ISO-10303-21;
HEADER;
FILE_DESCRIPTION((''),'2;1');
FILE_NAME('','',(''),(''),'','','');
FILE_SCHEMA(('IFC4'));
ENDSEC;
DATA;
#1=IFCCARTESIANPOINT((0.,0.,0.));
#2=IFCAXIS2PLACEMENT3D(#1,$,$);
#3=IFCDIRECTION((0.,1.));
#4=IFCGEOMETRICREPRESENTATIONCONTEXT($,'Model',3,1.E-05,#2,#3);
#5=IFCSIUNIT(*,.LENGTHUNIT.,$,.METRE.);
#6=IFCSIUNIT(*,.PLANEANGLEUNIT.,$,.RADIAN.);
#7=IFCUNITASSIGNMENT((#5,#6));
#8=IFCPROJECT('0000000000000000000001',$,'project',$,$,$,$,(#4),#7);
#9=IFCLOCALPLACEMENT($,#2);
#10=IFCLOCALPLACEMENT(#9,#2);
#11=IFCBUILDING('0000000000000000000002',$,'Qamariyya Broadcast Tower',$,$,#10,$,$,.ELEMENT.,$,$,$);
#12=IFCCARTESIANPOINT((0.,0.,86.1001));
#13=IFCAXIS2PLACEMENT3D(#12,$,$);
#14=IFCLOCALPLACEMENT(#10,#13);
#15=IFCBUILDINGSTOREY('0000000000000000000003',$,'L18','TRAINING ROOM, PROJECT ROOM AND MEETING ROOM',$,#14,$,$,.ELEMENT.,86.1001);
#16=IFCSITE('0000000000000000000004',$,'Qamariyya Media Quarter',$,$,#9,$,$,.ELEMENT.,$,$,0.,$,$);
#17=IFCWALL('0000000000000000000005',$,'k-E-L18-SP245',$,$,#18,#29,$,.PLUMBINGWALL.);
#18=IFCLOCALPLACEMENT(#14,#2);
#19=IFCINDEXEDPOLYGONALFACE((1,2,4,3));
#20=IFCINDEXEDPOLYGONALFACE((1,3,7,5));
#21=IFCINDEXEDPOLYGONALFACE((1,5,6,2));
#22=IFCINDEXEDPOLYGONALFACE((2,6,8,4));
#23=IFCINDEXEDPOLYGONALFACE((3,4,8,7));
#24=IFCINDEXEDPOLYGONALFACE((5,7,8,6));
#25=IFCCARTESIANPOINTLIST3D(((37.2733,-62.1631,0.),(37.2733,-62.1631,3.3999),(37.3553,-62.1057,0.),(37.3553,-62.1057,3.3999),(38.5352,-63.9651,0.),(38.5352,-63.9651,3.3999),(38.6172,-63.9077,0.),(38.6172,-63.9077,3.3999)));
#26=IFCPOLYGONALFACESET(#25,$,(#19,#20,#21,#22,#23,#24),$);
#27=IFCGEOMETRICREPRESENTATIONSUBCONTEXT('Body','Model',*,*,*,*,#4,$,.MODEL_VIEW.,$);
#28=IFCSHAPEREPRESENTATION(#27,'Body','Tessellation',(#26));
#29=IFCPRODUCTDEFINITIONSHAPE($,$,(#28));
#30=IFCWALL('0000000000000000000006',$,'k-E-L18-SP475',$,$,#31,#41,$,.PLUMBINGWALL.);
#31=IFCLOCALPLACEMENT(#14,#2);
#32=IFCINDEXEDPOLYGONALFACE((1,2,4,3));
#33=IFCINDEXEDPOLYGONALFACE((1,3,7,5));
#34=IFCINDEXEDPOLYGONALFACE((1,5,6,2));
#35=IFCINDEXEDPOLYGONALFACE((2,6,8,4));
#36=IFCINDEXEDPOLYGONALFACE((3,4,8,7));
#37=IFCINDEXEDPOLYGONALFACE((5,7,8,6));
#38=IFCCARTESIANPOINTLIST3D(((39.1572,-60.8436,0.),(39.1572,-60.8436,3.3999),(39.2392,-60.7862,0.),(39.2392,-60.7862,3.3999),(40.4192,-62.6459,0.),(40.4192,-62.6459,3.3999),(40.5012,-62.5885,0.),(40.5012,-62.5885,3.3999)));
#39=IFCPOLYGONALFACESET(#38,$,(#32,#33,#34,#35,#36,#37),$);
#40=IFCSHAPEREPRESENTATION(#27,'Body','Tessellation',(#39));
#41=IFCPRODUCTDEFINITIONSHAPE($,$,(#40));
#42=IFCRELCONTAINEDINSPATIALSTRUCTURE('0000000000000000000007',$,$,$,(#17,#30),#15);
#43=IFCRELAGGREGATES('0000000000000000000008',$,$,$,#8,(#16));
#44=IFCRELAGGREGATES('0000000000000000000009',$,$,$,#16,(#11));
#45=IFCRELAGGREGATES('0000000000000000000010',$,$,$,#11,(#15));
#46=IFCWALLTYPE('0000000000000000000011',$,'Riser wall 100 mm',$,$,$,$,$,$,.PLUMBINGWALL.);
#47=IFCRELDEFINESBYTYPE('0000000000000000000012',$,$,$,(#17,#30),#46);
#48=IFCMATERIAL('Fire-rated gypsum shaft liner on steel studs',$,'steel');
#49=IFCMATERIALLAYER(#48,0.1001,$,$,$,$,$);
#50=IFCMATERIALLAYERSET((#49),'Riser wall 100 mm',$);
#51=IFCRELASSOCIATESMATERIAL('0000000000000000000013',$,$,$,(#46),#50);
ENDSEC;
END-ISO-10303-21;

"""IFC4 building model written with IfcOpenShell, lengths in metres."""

from ifc_helpers import new_model, si_unit, direction, frame, frame_2d, origin, place, context, subcontext, project, spatial, rectangle, extrude, material, layer, layer_set, type_object, element, save


model = new_model("IFC4")

# Units and contexts
model_context = context("Model", 3, precision=1e-05, world=origin(), true_north=direction((0.0, 1.0)))
body_context = subcontext(model_context, "Body", "Model", "MODEL_VIEW")
ifc_project = project(units=[si_unit("LENGTHUNIT", "METRE"), si_unit("PLANEANGLEUNIT", "RADIAN")], contexts=[model_context])

# Site, building, storey
site_placement = place(None, origin())
site = spatial("IfcSite", under=ifc_project, at=site_placement, Name="Qamariyya Media Quarter", CompositionType="ELEMENT", RefElevation=0.0)
building_placement = place(site_placement, origin())
building = spatial("IfcBuilding", under=site, at=building_placement, Name="Qamariyya Broadcast Tower", CompositionType="ELEMENT")
storey_placement = place(building_placement, frame((0.0, 0.0, 86.1001)))
storey = spatial("IfcBuildingStorey", under=building, at=storey_placement, Name="L18", Description="TRAINING ROOM, PROJECT ROOM AND MEETING ROOM", CompositionType="ELEMENT", Elevation=86.1001)

# Walls
ifc_material_1 = material(Name="Fire-rated gypsum shaft liner on steel studs", Category="steel")
ifc_layer_1 = layer(ifc_material_1, 0.1001)
ifc_layer_set_1 = layer_set([ifc_layer_1], Name="Riser wall 100 mm")
wall_type_1 = type_object("IfcWallType", Name="Riser wall 100 mm", PredefinedType="PLUMBINGWALL", material=ifc_layer_set_1)
wall_1_placement = place(storey_placement, frame((37.3142, -62.1343, 0.0), z_axis=(0.0, 0.0, 1.0), x_axis=(0.573634, -0.819112, 0.0)))
element("IfcWall", 1, at=wall_1_placement, inside=storey, type_object=wall_type_1, Name="k-E-L18-SP245", PredefinedType="PLUMBINGWALL", context=body_context, shape_type="SweptSolid", body=[
    extrude(rectangle(XDim=2.2, YDim=0.1001, at=frame_2d((1.1001, 0.0))), origin(), (0.0, 0.0, 1.0), 3.3999),
])
wall_2_placement = place(storey_placement, frame((39.1982, -60.8149, 0.0), z_axis=(0.0, 0.0, 1.0), x_axis=(0.573581, -0.819149, 0.0)))
element("IfcWall", 2, at=wall_2_placement, inside=storey, type_object=wall_type_1, Name="k-E-L18-SP475", PredefinedType="PLUMBINGWALL", context=body_context, shape_type="SweptSolid", body=[
    extrude(rectangle(XDim=2.2002, YDim=0.1001, at=frame_2d((1.1001, 0.0))), origin(), (0.0, 0.0, 1.0), 3.3999),
])

save(model, "model.ifc")
